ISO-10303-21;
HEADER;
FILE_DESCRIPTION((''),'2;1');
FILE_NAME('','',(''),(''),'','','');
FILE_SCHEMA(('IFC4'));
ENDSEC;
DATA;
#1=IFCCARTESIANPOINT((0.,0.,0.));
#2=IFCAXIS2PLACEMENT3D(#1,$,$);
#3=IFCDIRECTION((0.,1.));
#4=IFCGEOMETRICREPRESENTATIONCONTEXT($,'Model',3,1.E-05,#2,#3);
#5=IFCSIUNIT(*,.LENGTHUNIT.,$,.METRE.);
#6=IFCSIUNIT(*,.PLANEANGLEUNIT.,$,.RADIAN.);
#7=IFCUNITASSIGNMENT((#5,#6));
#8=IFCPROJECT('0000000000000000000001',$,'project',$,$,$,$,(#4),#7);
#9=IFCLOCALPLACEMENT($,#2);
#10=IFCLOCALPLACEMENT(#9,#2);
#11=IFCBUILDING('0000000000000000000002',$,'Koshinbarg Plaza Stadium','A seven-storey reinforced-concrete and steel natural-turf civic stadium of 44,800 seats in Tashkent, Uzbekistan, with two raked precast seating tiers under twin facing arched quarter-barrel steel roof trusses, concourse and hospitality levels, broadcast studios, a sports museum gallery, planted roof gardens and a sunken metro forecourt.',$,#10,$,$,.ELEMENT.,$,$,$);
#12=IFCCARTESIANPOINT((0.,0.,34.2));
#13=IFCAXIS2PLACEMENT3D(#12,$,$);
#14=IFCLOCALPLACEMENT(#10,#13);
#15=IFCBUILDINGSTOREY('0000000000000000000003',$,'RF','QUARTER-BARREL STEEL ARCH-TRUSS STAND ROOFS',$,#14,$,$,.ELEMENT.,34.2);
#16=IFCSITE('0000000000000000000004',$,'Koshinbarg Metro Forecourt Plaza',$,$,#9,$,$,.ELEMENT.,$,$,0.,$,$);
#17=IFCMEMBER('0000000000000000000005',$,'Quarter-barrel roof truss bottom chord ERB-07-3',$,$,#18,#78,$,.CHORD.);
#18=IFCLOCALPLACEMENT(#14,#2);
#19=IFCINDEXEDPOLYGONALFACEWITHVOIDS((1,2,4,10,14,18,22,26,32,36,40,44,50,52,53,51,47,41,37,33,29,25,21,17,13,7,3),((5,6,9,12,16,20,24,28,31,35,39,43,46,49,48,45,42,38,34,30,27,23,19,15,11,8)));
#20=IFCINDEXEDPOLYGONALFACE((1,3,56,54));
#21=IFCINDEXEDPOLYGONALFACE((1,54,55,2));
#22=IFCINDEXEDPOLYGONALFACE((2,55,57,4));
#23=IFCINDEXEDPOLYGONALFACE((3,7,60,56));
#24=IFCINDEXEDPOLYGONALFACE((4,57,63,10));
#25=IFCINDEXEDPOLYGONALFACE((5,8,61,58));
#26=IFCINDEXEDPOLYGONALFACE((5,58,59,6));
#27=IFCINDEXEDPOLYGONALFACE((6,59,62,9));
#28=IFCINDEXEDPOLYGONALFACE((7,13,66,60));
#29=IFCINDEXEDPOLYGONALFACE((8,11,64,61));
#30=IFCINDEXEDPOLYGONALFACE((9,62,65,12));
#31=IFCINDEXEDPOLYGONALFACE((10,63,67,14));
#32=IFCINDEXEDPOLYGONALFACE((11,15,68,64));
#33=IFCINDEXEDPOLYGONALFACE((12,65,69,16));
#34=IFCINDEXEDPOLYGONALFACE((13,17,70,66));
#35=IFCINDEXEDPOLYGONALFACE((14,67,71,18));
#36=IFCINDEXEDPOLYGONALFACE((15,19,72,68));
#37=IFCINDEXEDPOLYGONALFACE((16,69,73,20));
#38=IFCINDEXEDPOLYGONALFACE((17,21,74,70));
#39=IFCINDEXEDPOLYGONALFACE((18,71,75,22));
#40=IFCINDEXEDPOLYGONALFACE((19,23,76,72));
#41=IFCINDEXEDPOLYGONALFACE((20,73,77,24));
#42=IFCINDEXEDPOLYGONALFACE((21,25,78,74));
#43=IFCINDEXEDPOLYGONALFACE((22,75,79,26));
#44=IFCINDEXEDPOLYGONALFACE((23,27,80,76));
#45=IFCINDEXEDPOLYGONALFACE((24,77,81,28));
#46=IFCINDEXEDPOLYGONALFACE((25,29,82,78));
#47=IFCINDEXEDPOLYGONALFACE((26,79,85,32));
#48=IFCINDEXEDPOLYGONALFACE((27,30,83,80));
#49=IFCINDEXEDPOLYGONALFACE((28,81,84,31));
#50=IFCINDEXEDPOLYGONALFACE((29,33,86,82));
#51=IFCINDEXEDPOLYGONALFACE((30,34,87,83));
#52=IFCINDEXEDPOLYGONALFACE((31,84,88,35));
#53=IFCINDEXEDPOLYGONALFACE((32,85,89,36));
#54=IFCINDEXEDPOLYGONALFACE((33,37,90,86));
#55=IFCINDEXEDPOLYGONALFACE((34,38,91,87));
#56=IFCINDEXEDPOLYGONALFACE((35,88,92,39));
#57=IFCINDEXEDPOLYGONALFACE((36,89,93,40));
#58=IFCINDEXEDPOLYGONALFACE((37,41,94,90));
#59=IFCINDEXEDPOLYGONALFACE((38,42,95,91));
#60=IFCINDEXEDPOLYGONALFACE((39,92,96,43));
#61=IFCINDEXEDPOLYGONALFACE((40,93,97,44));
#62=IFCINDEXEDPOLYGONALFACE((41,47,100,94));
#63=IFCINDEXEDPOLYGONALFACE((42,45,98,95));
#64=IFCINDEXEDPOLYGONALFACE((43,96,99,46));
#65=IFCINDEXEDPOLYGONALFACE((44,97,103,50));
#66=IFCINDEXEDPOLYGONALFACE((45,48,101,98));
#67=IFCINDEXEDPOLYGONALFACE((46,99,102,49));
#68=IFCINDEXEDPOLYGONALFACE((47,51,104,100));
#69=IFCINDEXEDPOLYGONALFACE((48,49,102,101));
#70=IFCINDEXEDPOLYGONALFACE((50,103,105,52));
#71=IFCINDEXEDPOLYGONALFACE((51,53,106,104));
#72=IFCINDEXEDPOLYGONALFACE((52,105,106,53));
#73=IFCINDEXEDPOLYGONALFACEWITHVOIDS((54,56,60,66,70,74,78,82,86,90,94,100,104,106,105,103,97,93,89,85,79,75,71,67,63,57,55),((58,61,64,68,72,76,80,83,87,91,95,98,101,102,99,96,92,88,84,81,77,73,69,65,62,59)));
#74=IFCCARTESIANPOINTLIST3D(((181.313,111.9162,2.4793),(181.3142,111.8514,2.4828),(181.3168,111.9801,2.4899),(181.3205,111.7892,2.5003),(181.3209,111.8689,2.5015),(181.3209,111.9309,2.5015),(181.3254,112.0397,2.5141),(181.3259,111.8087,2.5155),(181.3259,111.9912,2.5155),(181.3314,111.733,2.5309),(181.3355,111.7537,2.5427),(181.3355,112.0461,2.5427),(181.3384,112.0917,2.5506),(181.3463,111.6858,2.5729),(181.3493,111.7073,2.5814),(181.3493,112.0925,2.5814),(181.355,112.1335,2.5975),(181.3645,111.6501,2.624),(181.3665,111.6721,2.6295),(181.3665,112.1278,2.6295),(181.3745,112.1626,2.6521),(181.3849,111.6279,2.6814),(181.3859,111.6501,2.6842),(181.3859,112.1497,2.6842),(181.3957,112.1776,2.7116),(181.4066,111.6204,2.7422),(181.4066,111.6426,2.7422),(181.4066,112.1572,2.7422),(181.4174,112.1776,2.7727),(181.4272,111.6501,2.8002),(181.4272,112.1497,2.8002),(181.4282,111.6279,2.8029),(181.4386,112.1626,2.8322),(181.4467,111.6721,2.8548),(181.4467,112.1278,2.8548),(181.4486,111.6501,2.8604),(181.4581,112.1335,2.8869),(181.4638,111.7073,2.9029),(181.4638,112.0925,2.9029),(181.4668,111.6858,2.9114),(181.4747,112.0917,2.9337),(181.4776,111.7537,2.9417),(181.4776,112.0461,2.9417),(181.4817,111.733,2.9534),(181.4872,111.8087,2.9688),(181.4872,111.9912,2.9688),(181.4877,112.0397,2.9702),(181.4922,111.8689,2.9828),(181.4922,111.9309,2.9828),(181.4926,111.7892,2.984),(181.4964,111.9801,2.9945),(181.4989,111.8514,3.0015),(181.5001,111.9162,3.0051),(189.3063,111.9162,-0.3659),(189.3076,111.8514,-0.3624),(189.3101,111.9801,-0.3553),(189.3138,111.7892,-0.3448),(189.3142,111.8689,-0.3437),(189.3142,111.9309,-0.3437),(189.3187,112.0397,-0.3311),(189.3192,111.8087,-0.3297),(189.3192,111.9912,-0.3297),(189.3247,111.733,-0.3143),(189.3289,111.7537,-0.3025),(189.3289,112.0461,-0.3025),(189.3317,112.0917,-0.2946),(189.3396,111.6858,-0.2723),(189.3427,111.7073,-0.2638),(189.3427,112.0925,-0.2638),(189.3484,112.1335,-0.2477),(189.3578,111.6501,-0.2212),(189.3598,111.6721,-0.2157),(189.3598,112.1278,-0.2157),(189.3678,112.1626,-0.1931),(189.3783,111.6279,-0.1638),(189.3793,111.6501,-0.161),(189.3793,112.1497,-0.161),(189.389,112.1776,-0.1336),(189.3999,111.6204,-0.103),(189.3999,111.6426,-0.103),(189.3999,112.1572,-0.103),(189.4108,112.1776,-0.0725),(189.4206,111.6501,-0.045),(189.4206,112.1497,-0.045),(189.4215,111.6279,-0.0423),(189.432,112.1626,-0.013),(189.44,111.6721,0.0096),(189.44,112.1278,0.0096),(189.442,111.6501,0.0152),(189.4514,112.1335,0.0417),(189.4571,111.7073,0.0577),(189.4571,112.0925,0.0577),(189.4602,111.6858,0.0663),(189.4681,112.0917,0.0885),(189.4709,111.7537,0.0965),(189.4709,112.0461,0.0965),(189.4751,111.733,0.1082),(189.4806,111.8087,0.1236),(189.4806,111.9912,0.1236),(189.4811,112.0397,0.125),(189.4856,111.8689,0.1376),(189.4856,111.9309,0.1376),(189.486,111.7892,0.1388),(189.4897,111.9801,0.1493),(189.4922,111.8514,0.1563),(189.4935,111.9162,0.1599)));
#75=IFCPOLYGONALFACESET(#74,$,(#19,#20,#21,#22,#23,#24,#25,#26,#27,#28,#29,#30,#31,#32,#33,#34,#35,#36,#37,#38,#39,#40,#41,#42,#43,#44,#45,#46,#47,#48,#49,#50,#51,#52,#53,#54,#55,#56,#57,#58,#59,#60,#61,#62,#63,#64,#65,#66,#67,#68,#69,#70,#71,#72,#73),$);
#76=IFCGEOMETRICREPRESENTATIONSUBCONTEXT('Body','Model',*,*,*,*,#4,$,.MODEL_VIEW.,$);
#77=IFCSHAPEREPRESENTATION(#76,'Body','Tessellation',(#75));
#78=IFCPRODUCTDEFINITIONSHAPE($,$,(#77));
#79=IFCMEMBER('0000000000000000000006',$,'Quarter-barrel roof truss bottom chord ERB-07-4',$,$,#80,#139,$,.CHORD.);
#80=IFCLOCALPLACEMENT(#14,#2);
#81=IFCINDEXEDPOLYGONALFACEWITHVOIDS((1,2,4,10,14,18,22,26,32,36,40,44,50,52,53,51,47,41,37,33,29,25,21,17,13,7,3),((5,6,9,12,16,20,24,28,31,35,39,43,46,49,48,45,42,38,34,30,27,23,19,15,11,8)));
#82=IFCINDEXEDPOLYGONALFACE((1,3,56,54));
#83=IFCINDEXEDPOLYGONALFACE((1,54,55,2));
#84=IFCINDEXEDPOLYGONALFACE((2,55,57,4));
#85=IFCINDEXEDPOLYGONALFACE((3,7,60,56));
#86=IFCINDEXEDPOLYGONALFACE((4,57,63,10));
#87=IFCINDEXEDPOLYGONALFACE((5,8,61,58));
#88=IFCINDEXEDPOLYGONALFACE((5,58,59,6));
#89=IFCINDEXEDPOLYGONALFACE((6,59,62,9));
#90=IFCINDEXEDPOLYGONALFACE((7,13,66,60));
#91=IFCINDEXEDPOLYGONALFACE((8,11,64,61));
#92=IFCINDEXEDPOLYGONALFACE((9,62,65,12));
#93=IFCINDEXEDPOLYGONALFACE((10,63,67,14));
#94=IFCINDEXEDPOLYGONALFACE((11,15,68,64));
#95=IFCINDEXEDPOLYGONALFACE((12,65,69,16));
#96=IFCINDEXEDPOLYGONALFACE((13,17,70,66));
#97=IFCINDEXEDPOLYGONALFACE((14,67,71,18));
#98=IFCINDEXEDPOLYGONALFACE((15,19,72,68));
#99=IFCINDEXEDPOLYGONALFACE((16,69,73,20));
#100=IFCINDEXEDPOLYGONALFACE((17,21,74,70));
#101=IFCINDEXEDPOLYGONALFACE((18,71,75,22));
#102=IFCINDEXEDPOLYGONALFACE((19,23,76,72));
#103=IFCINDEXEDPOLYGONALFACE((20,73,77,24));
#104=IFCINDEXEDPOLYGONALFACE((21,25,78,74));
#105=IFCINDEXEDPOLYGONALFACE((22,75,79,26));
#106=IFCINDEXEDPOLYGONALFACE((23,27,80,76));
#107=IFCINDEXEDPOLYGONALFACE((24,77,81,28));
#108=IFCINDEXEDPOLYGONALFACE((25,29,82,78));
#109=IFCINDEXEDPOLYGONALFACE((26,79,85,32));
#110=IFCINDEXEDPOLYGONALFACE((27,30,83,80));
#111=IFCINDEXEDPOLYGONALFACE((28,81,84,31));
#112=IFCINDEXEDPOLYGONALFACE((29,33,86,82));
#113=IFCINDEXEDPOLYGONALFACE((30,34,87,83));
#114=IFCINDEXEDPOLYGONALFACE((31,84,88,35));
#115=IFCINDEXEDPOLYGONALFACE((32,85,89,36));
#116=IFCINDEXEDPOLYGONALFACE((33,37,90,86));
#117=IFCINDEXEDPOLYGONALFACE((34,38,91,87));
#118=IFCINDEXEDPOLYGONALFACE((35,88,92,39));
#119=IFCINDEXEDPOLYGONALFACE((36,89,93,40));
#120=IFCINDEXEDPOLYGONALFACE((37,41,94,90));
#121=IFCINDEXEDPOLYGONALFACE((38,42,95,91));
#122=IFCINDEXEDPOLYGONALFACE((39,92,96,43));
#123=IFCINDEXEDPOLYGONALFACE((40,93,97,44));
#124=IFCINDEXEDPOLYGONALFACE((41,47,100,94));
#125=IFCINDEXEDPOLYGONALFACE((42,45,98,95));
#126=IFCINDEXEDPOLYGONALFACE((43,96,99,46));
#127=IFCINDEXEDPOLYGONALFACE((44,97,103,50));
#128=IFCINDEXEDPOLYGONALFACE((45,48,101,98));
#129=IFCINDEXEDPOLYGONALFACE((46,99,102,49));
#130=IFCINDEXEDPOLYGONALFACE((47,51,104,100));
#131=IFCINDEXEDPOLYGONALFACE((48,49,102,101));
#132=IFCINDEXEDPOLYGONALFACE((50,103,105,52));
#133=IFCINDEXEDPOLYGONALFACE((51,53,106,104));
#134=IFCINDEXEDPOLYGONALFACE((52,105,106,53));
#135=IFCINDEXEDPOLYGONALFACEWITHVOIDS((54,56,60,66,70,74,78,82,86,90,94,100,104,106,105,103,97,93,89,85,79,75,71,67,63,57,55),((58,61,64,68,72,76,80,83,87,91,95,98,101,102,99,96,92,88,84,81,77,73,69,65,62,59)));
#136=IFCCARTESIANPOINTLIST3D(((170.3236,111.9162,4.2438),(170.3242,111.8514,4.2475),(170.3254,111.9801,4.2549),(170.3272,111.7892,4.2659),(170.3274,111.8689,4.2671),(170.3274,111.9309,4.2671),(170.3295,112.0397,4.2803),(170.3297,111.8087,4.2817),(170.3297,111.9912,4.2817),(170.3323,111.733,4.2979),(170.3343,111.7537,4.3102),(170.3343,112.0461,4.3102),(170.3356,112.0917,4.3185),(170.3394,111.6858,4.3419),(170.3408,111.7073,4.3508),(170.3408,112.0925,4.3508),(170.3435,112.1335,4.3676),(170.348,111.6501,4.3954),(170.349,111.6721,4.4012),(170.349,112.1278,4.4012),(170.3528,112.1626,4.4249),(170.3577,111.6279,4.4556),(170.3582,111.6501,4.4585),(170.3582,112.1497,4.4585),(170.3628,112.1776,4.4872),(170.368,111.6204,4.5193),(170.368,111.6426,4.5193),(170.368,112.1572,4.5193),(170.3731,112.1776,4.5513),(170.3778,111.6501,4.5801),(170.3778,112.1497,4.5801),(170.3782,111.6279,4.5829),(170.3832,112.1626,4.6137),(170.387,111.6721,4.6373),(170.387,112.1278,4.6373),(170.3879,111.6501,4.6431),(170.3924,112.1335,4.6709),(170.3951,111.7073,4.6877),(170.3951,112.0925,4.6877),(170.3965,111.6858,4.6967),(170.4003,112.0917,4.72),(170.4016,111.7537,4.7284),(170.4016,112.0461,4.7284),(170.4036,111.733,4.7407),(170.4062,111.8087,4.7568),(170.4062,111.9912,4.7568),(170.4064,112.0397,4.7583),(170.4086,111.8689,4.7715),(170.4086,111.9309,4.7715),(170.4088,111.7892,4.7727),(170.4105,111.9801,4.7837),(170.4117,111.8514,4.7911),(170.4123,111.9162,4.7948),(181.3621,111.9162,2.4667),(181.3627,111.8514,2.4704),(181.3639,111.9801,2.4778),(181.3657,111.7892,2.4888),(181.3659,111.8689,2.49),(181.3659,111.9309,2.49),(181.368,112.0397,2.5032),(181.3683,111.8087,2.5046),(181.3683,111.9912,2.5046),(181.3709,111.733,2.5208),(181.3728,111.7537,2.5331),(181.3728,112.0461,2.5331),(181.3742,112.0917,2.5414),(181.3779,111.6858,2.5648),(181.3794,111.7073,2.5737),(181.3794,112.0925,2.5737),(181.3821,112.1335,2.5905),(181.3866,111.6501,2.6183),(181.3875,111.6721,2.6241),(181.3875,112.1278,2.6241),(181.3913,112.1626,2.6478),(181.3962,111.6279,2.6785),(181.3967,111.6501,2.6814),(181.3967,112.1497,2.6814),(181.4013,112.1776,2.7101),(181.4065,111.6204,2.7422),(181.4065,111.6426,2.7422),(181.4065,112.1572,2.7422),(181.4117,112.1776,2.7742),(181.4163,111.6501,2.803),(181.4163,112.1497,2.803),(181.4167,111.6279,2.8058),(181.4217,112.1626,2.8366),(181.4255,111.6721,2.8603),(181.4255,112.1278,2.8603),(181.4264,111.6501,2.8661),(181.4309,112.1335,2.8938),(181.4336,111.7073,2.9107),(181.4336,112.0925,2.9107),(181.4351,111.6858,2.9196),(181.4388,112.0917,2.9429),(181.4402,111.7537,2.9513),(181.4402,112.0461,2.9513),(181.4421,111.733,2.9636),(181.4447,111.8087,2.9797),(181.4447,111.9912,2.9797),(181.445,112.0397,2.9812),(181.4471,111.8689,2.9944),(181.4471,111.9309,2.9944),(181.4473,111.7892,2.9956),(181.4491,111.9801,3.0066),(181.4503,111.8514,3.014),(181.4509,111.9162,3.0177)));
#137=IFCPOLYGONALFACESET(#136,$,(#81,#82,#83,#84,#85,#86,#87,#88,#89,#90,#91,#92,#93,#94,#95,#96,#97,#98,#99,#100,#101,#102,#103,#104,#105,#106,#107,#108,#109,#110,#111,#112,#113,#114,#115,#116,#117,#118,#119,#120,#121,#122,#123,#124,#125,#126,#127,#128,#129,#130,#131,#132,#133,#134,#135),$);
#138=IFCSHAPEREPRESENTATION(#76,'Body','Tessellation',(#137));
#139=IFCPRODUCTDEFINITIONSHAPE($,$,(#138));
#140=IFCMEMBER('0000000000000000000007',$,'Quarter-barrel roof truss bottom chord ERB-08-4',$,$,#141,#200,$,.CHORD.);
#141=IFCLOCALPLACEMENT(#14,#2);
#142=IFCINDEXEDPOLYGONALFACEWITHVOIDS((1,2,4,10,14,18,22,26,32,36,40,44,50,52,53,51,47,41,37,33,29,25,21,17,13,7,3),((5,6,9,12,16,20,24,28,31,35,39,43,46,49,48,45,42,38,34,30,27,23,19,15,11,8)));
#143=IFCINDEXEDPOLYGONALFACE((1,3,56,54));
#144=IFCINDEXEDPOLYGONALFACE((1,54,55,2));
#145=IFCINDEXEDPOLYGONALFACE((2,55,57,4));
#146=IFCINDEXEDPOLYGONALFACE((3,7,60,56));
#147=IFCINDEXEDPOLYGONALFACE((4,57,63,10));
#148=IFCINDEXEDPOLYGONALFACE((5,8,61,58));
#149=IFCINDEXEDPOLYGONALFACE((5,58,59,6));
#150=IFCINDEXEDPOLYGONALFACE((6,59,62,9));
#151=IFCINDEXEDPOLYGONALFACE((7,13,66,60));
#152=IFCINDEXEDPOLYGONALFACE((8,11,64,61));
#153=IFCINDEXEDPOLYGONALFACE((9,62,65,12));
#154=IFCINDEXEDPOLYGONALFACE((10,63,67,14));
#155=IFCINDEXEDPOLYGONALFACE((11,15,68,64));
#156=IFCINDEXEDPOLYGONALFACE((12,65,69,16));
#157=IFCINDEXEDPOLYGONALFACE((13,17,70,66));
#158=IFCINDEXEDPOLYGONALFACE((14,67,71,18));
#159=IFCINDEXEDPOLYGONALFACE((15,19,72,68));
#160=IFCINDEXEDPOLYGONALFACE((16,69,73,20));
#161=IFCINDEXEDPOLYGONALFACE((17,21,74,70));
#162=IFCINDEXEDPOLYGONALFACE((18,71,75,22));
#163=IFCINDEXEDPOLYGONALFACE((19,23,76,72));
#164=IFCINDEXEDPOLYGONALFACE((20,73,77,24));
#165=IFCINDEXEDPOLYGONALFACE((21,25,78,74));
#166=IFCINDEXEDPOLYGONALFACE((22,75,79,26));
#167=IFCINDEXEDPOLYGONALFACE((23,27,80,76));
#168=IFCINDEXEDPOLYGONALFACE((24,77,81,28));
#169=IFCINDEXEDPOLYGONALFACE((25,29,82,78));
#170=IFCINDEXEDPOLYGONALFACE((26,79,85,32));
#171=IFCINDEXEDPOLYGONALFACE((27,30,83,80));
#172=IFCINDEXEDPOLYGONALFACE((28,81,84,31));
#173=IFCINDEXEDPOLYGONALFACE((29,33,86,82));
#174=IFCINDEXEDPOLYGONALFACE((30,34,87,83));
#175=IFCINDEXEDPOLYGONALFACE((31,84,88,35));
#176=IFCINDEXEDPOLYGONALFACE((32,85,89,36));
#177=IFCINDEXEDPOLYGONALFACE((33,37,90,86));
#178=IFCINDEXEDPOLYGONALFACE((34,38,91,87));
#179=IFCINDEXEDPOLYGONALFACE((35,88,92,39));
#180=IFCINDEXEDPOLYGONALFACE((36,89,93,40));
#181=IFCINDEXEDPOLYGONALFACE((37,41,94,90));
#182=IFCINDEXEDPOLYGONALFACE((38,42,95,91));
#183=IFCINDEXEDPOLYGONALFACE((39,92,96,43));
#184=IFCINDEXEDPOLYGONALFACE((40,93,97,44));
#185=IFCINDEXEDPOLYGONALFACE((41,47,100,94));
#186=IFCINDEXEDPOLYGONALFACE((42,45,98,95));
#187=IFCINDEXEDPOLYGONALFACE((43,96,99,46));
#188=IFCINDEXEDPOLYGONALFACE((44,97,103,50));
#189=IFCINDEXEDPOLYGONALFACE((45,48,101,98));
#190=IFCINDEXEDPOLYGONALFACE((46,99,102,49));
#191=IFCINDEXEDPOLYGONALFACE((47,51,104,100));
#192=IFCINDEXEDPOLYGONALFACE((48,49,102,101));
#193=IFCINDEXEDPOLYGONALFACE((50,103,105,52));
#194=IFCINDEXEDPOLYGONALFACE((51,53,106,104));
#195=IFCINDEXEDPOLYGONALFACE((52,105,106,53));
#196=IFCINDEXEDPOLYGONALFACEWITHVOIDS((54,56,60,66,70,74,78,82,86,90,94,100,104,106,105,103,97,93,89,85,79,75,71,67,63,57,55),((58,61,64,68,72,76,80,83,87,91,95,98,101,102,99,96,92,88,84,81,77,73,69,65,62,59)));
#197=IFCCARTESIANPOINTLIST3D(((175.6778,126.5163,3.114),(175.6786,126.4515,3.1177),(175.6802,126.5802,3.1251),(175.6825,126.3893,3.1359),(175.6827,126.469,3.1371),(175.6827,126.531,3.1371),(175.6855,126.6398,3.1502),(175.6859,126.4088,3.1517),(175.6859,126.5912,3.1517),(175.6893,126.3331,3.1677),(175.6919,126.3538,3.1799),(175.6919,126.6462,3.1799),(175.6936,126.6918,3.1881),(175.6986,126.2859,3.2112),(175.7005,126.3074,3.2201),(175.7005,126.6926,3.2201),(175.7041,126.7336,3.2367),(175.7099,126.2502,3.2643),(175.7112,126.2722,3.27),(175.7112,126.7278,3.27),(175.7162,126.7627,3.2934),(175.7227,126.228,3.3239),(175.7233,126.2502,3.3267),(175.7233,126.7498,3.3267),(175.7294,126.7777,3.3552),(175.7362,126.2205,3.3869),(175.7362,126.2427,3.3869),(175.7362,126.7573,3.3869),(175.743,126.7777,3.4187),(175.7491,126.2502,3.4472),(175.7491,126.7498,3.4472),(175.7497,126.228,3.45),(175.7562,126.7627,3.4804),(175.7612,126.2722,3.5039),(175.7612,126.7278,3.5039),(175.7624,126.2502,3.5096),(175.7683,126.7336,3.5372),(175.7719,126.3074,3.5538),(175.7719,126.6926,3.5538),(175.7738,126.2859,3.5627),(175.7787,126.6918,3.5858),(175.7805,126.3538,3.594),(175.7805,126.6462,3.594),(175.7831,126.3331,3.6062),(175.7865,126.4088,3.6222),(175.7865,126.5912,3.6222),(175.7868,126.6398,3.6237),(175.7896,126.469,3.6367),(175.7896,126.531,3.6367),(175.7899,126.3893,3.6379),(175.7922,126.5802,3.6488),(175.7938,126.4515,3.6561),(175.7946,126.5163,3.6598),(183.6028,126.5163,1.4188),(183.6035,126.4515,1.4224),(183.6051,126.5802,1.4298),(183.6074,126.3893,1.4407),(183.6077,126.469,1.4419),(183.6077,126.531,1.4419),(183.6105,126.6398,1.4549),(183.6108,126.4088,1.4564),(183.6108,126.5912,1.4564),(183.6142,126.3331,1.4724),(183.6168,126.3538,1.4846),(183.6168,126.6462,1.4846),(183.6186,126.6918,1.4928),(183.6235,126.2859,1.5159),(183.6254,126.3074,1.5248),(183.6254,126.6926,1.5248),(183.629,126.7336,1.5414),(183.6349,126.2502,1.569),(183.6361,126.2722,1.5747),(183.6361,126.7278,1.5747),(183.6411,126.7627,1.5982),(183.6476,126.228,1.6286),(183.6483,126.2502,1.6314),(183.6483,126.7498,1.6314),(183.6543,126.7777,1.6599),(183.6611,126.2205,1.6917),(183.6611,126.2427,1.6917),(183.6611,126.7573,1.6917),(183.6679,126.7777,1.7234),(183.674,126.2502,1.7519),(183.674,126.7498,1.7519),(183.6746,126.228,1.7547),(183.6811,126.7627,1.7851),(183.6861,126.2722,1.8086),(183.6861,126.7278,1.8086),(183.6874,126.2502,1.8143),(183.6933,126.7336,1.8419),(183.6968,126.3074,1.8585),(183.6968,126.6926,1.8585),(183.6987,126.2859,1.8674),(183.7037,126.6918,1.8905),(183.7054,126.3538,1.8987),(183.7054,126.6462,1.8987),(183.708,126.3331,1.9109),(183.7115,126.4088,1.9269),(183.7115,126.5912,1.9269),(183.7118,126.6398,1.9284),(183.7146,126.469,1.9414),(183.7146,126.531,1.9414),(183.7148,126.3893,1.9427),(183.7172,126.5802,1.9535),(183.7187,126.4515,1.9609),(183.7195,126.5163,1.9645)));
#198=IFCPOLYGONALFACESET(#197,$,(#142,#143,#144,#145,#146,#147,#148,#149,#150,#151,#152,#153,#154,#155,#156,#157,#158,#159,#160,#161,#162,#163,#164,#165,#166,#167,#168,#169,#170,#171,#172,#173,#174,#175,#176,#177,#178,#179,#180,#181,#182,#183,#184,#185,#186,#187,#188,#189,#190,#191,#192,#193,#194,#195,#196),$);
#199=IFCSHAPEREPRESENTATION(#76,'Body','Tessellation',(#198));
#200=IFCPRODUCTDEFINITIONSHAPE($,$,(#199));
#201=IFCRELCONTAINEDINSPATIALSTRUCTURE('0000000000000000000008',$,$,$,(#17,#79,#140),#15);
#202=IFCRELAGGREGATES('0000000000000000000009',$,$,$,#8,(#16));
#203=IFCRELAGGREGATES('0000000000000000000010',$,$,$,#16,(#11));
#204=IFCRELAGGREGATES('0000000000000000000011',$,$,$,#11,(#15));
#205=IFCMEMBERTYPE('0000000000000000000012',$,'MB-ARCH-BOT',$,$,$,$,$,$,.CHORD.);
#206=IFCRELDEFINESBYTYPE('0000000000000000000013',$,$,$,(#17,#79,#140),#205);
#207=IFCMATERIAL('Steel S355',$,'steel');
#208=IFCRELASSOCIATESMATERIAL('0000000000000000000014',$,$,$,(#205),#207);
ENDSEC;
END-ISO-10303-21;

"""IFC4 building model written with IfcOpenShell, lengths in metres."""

from ifc_helpers import new_model, si_unit, direction, frame, origin, origin_2d, place, context, subcontext, project, spatial, hollow_circle, extrude, material, material_profile, profile_set, type_object, element, save


model = new_model("IFC4")

# Units and contexts
model_context = context("Model", 3, precision=1e-05, world=origin(), true_north=direction((0.0, 1.0)))
body_context = subcontext(model_context, "Body", "Model", "MODEL_VIEW")
ifc_project = project(units=[si_unit("LENGTHUNIT", "METRE"), si_unit("PLANEANGLEUNIT", "RADIAN")], contexts=[model_context])

# Site, building, storey
site_placement = place(None, origin())
site = spatial("IfcSite", under=ifc_project, at=site_placement, Name="Koshinbarg Metro Forecourt Plaza", CompositionType="ELEMENT", RefElevation=0.0)
building_placement = place(site_placement, origin())
building = spatial("IfcBuilding", under=site, at=building_placement, Name="Koshinbarg Plaza Stadium", Description="A seven-storey reinforced-concrete and steel natural-turf civic stadium of 44,800 seats in Tashkent, Uzbekistan, with two raked precast seating tiers under twin facing arched quarter-barrel steel roof trusses, concourse and hospitality levels, broadcast studios, a sports museum gallery, planted roof gardens and a sunken metro forecourt.", CompositionType="ELEMENT")
storey_placement = place(building_placement, frame((0.0, 0.0, 34.2)))
storey = spatial("IfcBuildingStorey", under=building, at=storey_placement, Name="RF", Description="QUARTER-BARREL STEEL ARCH-TRUSS STAND ROOFS", CompositionType="ELEMENT", Elevation=34.2)

# Members
ifc_material_1 = material(Name="Steel S355", Category="steel")
ifc_material_profile_1 = material_profile(ifc_material_1, hollow_circle(Radius=0.2795, WallThickness=0.0222, at=origin_2d()), Name="CHS 559x22.2")
ifc_profile_set_1 = profile_set([ifc_material_profile_1], Name="Steel S355")
member_type_1 = type_object("IfcMemberType", Name="MB-ARCH-BOT", PredefinedType="CHORD", material=ifc_profile_set_1)
member_1_placement = place(storey_placement, frame((189.3999, 111.8999, -0.103), z_axis=(-0.942099, 0.0, 0.335335), x_axis=(0.0, -1.0, 0.0)))
element("IfcMember", 1, at=member_1_placement, inside=storey, type_object=member_type_1, Name="Quarter-barrel roof truss bottom chord ERB-07-3", PredefinedType="CHORD", context=body_context, shape_type="SweptSolid", body=[
    extrude(hollow_circle(Radius=0.2795, WallThickness=0.0222, at=origin_2d()), origin(), (0.0, 0.0, 1.0), 8.4846),
])
member_2_placement = place(storey_placement, frame((181.4065, 111.8999, 2.7422), z_axis=(-0.987288, 0.0, 0.158943), x_axis=(0.0, -1.0, 0.0)))
element("IfcMember", 2, at=member_2_placement, inside=storey, type_object=member_type_1, Name="Quarter-barrel roof truss bottom chord ERB-07-4", PredefinedType="CHORD", context=body_context, shape_type="SweptSolid", body=[
    extrude(hollow_circle(Radius=0.2795, WallThickness=0.0222, at=origin_2d()), origin(), (0.0, 0.0, 1.0), 11.1807),
])
member_3_placement = place(storey_placement, frame((183.6611, 126.5, 1.6917), z_axis=(-0.977876, 0.0, 0.209186), x_axis=(0.0, -1.0, 0.0)))
element("IfcMember", 3, at=member_3_placement, inside=storey, type_object=member_type_1, Name="Quarter-barrel roof truss bottom chord ERB-08-4", PredefinedType="CHORD", context=body_context, shape_type="SweptSolid", body=[
    extrude(hollow_circle(Radius=0.2795, WallThickness=0.0222, at=origin_2d()), origin(), (0.0, 0.0, 1.0), 8.1042),
])

save(model, "model.ifc")
